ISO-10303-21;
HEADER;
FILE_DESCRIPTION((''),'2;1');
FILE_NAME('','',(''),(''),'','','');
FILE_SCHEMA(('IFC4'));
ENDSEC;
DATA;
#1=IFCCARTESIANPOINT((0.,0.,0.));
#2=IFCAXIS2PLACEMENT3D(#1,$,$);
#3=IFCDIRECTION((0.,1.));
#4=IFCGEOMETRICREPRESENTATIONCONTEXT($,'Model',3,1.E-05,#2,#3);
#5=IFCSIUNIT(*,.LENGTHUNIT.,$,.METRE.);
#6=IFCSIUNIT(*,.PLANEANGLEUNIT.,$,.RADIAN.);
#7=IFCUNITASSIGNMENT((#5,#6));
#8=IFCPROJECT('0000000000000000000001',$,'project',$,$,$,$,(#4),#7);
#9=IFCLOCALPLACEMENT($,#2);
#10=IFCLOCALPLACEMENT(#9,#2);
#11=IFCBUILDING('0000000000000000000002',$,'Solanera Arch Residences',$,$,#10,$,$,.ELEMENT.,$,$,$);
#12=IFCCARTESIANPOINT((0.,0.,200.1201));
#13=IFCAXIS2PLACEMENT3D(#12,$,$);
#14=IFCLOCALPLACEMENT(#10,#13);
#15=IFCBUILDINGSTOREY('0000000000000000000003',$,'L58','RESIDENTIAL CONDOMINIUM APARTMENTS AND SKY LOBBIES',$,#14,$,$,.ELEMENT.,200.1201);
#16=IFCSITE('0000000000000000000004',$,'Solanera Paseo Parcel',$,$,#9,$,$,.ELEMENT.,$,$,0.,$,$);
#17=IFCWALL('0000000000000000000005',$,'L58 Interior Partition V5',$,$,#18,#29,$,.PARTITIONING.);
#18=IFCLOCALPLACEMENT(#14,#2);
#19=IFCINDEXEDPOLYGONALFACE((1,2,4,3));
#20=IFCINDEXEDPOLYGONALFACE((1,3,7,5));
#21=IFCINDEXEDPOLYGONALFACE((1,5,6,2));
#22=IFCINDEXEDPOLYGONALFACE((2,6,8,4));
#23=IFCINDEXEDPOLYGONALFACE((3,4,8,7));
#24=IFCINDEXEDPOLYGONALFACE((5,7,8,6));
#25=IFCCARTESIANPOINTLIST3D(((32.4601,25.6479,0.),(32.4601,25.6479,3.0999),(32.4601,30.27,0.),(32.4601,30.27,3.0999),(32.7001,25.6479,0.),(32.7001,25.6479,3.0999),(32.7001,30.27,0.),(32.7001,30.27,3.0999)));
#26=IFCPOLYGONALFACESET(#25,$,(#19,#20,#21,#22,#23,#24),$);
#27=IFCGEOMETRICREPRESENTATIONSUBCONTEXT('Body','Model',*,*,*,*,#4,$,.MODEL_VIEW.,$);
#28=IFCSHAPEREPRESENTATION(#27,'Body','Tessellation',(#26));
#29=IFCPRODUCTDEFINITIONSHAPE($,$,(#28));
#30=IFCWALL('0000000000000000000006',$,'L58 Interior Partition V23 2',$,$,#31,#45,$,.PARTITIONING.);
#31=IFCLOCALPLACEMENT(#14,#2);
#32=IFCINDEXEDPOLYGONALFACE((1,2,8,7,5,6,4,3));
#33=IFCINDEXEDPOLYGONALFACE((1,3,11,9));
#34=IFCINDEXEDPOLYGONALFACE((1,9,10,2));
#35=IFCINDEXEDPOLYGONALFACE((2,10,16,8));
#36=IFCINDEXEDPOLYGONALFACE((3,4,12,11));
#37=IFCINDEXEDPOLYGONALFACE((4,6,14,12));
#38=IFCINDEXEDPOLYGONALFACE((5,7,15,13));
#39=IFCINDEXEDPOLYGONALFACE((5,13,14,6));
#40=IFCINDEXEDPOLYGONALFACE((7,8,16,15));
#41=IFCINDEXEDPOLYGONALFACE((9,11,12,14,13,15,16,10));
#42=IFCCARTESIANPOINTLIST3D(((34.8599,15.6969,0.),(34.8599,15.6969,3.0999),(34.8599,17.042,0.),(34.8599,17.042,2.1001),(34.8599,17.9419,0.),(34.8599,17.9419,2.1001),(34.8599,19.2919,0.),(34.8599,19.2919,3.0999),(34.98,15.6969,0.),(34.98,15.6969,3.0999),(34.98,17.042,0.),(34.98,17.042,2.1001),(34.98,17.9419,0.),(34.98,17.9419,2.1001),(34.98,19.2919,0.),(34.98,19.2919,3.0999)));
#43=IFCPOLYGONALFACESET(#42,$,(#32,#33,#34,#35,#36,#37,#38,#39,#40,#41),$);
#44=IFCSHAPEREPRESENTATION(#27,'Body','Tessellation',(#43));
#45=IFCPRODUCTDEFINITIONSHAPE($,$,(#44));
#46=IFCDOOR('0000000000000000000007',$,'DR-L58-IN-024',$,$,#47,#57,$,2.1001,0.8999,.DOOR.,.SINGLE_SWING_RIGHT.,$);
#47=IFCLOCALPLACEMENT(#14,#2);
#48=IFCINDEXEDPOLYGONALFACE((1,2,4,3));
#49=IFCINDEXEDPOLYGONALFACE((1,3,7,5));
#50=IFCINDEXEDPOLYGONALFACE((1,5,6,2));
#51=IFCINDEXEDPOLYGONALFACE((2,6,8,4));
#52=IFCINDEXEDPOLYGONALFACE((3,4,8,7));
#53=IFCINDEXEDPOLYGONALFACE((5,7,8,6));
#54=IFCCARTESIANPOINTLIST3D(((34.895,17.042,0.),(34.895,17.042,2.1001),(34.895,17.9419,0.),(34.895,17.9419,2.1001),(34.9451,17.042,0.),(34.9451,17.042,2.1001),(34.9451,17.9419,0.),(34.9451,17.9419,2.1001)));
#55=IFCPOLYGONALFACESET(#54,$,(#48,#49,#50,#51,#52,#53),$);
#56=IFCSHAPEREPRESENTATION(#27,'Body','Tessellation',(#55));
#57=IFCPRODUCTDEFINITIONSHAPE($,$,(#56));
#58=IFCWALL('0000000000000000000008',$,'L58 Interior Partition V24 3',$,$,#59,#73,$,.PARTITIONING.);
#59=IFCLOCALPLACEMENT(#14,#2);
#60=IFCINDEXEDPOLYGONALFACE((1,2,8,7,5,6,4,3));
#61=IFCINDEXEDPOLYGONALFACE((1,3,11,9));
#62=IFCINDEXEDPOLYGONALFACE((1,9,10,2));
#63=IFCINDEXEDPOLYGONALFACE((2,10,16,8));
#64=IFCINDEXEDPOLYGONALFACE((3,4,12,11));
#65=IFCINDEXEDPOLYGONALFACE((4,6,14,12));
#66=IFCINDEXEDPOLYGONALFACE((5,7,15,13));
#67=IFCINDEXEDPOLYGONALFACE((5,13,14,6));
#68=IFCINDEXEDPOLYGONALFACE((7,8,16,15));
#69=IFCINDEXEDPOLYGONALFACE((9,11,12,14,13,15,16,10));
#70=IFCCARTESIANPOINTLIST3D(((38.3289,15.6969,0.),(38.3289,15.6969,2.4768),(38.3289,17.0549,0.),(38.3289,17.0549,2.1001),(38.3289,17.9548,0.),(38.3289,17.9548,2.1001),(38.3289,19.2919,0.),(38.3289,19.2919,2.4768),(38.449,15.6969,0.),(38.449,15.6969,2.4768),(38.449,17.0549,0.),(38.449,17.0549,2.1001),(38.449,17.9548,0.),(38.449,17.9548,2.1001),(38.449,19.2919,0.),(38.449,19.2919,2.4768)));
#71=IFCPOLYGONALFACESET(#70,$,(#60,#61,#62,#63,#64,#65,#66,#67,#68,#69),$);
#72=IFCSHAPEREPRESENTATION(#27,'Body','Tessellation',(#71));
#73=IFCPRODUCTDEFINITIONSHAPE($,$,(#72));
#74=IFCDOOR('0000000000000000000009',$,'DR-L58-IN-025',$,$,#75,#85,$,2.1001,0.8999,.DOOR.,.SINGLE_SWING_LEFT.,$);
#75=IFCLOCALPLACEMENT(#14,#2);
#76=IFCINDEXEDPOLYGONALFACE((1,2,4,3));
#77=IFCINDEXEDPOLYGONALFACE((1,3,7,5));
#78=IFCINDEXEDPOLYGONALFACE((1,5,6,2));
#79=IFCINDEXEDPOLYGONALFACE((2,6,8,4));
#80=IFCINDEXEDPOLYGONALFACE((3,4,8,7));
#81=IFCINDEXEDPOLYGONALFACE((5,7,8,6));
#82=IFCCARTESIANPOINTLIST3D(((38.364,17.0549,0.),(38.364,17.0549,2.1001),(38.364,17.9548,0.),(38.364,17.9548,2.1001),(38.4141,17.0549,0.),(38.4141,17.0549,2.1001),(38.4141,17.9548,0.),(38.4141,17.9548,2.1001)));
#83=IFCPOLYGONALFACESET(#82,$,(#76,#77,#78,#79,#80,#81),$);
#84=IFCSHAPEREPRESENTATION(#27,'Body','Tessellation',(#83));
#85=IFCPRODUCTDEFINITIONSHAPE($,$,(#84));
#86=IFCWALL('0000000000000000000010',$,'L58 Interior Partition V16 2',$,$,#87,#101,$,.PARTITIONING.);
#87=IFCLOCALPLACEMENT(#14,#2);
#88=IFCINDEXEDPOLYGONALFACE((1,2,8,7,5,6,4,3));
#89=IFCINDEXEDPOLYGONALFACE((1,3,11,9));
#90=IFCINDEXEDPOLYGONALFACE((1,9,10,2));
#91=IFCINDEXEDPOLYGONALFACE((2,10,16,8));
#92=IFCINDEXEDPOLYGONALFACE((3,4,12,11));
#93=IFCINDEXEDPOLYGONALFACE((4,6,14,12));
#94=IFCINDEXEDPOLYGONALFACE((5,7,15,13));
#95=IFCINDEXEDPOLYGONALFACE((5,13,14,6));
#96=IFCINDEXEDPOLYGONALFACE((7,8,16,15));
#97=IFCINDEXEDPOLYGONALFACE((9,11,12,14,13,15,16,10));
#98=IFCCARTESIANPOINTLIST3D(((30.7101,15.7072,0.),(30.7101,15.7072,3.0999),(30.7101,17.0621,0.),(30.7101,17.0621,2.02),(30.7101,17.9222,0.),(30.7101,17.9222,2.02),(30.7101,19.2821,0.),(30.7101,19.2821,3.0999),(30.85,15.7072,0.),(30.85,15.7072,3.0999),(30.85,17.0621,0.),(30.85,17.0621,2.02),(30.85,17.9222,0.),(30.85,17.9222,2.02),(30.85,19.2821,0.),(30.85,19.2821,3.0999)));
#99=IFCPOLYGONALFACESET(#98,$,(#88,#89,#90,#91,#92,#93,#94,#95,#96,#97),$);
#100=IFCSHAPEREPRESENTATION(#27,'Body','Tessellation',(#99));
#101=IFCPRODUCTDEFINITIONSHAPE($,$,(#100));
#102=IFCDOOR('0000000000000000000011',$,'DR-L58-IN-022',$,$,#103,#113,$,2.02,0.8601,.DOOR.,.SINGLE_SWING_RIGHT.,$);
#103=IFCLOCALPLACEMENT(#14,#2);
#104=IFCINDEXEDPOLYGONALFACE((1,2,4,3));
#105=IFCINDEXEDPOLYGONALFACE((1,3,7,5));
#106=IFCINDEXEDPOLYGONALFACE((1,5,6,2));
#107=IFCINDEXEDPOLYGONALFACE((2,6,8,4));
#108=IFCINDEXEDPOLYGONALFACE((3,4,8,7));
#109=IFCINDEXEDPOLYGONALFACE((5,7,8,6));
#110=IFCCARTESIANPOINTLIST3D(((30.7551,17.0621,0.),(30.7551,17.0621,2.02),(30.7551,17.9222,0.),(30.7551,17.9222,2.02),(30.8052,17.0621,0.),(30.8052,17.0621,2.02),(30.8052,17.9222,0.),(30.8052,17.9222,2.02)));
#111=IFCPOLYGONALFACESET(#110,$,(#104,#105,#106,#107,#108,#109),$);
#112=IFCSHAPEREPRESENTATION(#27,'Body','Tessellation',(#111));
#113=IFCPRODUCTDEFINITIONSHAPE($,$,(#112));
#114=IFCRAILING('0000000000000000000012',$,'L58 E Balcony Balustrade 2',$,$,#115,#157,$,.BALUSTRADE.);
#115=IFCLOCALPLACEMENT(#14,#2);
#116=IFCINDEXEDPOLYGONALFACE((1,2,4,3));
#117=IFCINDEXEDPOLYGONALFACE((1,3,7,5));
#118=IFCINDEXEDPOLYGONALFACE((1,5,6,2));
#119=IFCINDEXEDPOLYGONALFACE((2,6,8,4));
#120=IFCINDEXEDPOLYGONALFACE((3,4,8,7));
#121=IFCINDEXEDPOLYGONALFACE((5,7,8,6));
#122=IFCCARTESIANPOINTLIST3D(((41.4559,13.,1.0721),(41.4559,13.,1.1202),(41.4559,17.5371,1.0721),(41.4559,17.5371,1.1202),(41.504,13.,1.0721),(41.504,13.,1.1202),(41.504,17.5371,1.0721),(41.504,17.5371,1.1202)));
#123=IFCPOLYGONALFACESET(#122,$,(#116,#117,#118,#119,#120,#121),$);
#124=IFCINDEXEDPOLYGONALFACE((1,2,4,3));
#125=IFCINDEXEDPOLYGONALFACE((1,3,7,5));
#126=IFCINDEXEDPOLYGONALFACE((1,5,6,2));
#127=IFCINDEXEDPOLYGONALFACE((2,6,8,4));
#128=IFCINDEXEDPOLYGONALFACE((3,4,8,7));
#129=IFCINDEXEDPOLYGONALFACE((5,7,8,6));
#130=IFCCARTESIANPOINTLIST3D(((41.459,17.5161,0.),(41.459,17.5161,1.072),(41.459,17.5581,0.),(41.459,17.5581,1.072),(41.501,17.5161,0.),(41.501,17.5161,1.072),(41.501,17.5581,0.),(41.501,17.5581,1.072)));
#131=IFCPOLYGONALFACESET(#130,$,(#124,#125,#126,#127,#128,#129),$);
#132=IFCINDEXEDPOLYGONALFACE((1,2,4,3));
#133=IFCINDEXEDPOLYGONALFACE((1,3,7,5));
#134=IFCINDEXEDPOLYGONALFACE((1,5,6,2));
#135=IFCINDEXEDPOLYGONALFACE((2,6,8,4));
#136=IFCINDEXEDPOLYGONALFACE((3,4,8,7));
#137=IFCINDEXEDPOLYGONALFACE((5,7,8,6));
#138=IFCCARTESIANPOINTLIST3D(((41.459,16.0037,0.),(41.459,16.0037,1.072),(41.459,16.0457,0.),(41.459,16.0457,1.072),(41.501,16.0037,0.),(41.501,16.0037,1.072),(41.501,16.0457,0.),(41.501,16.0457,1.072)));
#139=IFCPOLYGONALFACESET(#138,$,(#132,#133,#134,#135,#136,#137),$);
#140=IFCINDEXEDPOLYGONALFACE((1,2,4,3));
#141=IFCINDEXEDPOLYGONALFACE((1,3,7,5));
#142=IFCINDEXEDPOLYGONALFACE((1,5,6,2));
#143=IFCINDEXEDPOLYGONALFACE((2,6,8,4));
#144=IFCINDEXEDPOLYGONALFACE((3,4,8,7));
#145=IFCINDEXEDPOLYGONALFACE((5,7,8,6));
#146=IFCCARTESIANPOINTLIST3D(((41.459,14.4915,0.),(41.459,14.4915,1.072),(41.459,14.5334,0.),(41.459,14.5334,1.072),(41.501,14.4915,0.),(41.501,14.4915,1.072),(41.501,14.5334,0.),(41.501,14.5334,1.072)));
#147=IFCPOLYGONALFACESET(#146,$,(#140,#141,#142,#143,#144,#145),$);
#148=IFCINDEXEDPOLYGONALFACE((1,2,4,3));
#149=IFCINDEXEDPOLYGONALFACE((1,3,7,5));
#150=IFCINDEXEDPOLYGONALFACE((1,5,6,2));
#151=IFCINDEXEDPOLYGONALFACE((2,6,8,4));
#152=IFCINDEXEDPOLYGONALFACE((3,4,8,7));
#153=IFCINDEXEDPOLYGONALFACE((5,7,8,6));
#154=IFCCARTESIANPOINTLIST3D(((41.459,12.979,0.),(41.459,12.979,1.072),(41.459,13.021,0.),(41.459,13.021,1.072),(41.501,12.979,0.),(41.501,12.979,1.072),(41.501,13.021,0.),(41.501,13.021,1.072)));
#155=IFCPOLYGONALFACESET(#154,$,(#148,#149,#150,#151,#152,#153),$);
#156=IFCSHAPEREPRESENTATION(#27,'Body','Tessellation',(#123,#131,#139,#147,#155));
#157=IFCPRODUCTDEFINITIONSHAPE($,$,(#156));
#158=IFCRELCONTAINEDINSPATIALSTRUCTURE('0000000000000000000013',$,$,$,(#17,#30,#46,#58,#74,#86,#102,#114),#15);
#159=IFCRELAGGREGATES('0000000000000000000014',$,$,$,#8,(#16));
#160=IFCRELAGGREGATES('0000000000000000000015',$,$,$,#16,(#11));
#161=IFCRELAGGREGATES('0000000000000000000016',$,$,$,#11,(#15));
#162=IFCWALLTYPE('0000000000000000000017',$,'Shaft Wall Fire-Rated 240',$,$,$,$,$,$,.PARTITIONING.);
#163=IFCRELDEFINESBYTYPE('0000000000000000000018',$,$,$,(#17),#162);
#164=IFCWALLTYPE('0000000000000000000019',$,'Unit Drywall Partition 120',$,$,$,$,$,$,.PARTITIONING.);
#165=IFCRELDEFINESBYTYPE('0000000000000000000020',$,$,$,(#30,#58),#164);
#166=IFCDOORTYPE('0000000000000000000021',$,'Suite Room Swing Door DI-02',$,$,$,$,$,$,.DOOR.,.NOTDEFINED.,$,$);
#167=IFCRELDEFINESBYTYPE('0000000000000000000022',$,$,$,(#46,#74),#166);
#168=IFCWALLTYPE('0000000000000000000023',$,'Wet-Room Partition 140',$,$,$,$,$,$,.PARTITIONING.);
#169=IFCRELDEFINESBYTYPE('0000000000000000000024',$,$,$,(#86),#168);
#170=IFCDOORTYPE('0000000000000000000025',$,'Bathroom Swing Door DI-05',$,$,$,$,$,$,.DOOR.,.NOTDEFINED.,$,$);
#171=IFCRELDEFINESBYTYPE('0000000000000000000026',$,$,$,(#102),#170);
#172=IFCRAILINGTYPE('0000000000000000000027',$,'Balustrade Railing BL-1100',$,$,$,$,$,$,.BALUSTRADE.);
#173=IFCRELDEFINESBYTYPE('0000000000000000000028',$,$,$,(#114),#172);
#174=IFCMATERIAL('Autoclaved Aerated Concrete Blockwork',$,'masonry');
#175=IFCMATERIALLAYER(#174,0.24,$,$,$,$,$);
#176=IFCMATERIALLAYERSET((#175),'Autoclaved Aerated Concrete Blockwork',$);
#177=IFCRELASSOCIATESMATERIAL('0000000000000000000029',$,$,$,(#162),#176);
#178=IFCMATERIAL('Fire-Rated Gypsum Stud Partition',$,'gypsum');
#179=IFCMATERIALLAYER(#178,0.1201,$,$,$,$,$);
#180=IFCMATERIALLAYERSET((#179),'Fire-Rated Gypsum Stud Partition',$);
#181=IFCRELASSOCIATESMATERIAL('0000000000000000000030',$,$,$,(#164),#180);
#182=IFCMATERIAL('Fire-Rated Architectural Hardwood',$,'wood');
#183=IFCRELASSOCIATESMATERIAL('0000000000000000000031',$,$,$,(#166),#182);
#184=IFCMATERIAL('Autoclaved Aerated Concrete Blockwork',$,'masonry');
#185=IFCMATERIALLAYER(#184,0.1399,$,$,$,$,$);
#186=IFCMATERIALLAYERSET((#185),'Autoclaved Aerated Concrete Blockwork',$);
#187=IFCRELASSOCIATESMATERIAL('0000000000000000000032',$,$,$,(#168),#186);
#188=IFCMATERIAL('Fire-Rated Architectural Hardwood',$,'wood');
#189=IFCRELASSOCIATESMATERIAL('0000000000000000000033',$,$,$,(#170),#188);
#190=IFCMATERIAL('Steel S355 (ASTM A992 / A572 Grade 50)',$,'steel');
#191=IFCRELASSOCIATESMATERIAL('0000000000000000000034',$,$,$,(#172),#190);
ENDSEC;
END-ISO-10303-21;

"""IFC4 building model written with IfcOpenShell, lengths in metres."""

from ifc_helpers import new_model, si_unit, direction, frame, frame_2d, origin, origin_2d, place, context, subcontext, project, spatial, rectangle, extrude, material, layer, layer_set, type_object, element, fill, save


model = new_model("IFC4")

# Units and contexts
model_context = context("Model", 3, precision=1e-05, world=origin(), true_north=direction((0.0, 1.0)))
body_context = subcontext(model_context, "Body", "Model", "MODEL_VIEW")
ifc_project = project(units=[si_unit("LENGTHUNIT", "METRE"), si_unit("PLANEANGLEUNIT", "RADIAN")], contexts=[model_context])

# Site, building, storey
site_placement = place(None, origin())
site = spatial("IfcSite", under=ifc_project, at=site_placement, Name="Solanera Paseo Parcel", CompositionType="ELEMENT", RefElevation=0.0)
building_placement = place(site_placement, origin())
building = spatial("IfcBuilding", under=site, at=building_placement, Name="Solanera Arch Residences", CompositionType="ELEMENT")
storey_placement = place(building_placement, frame((0.0, 0.0, 200.1201)))
storey = spatial("IfcBuildingStorey", under=building, at=storey_placement, Name="L58", Description="RESIDENTIAL CONDOMINIUM APARTMENTS AND SKY LOBBIES", CompositionType="ELEMENT", Elevation=200.1201)

# Wall
ifc_material_1 = material(Name="Autoclaved Aerated Concrete Blockwork", Category="masonry")
ifc_layer_1 = layer(ifc_material_1, 0.24)
ifc_layer_set_1 = layer_set([ifc_layer_1], Name="Autoclaved Aerated Concrete Blockwork")
wall_type_1 = type_object("IfcWallType", Name="Shaft Wall Fire-Rated 240", PredefinedType="PARTITIONING", material=ifc_layer_set_1)
wall_1_placement = place(storey_placement, frame((32.5801, 25.6479, 0.0), z_axis=(0.0, 0.0, 1.0), x_axis=(0.0, 1.0, 0.0)))
element("IfcWall", 1, at=wall_1_placement, inside=storey, type_object=wall_type_1, Name="L58 Interior Partition V5", PredefinedType="PARTITIONING", context=body_context, shape_type="SweptSolid", body=[
    extrude(rectangle(XDim=4.6221, YDim=0.24, at=frame_2d((2.311, 0.0))), origin(), (0.0, 0.0, 1.0), 3.0999),
])

# Walls, openings, doors
ifc_material_2 = material(Name="Fire-Rated Gypsum Stud Partition", Category="gypsum")
ifc_layer_2 = layer(ifc_material_2, 0.1201)
ifc_layer_set_2 = layer_set([ifc_layer_2], Name="Fire-Rated Gypsum Stud Partition")
wall_type_2 = type_object("IfcWallType", Name="Unit Drywall Partition 120", PredefinedType="PARTITIONING", material=ifc_layer_set_2)
wall_2_placement = place(storey_placement, frame((34.9199, 15.697, 0.0), z_axis=(0.0, 0.0, 1.0), x_axis=(0.0, 1.0, 0.0)))
wall_2 = element("IfcWall", 2, at=wall_2_placement, inside=storey, type_object=wall_type_2, Name="L58 Interior Partition V23 2", PredefinedType="PARTITIONING", context=body_context, shape_type="SweptSolid", body=[
    extrude(rectangle(XDim=3.595, YDim=0.1201, at=frame_2d((1.7974, 0.0))), origin(), (0.0, 0.0, 1.0), 3.0999),
])
opening_1_placement = place(wall_2_placement, frame((1.345, 0.0, 0.0)))
opening_1 = element("IfcOpeningElement", 3, at=opening_1_placement, cuts=wall_2, PredefinedType="OPENING", context=body_context, shape_type="SweptSolid", body=[
    extrude(rectangle(XDim=0.8999, YDim=2.1001, at=frame_2d((0.45, 1.05))), frame((0.0, 0.0701, 0.0), z_axis=(0.0, -1.0, 0.0), x_axis=(1.0, 0.0, 0.0)), (0.0, 0.0, 1.0), 0.1401),
])
ifc_material_3 = material(Name="Fire-Rated Architectural Hardwood", Category="wood")
door_type_1 = type_object("IfcDoorType", Name="Suite Room Swing Door DI-02", OperationType="NOTDEFINED", PredefinedType="DOOR", material=ifc_material_3)
door_1_placement = place(opening_1_placement, origin())
door_1 = element("IfcDoor", 4, at=door_1_placement, inside=storey, type_object=door_type_1, Name="DR-L58-IN-024", OperationType="SINGLE_SWING_RIGHT", OverallHeight=2.1001, OverallWidth=0.8999, PredefinedType="DOOR", context=body_context, shape_type="SweptSolid", body=[
    extrude(rectangle(XDim=0.8999, YDim=2.1001, at=frame_2d((0.45, 1.05))), frame((0.0, 0.0249, 0.0), z_axis=(0.0, -1.0, 0.0), x_axis=(1.0, 0.0, 0.0)), (0.0, 0.0, 1.0), 0.05),
])
fill(opening_1, door_1)
wall_3_placement = place(storey_placement, frame((38.3889, 15.697, 0.0), z_axis=(0.0, 0.0, 1.0), x_axis=(0.0, 1.0, 0.0)))
wall_3 = element("IfcWall", 5, at=wall_3_placement, inside=storey, type_object=wall_type_2, Name="L58 Interior Partition V24 3", PredefinedType="PARTITIONING", context=body_context, shape_type="SweptSolid", body=[
    extrude(rectangle(XDim=3.595, YDim=0.1201, at=frame_2d((1.7974, 0.0))), origin(), (0.0, 0.0, 1.0), 2.4768),
])
opening_2_placement = place(wall_3_placement, frame((1.3579, 0.0, 0.0)))
opening_2 = element("IfcOpeningElement", 6, at=opening_2_placement, cuts=wall_3, PredefinedType="OPENING", context=body_context, shape_type="SweptSolid", body=[
    extrude(rectangle(XDim=0.8999, YDim=2.1001, at=frame_2d((0.45, 1.05))), frame((0.0, 0.0701, 0.0), z_axis=(0.0, -1.0, 0.0), x_axis=(1.0, 0.0, 0.0)), (0.0, 0.0, 1.0), 0.1401),
])
door_2_placement = place(opening_2_placement, origin())
door_2 = element("IfcDoor", 7, at=door_2_placement, inside=storey, type_object=door_type_1, Name="DR-L58-IN-025", OperationType="SINGLE_SWING_LEFT", OverallHeight=2.1001, OverallWidth=0.8999, PredefinedType="DOOR", context=body_context, shape_type="SweptSolid", body=[
    extrude(rectangle(XDim=0.8999, YDim=2.1001, at=frame_2d((0.45, 1.05))), frame((0.0, 0.0249, 0.0), z_axis=(0.0, -1.0, 0.0), x_axis=(1.0, 0.0, 0.0)), (0.0, 0.0, 1.0), 0.05),
])
fill(opening_2, door_2)
ifc_material_4 = material(Name="Autoclaved Aerated Concrete Blockwork", Category="masonry")
ifc_layer_3 = layer(ifc_material_4, 0.1399)
ifc_layer_set_3 = layer_set([ifc_layer_3], Name="Autoclaved Aerated Concrete Blockwork")
wall_type_3 = type_object("IfcWallType", Name="Wet-Room Partition 140", PredefinedType="PARTITIONING", material=ifc_layer_set_3)
wall_4_placement = place(storey_placement, frame((30.78, 15.707, 0.0), z_axis=(0.0, 0.0, 1.0), x_axis=(0.0, 1.0, 0.0)))
wall_4 = element("IfcWall", 8, at=wall_4_placement, inside=storey, type_object=wall_type_3, Name="L58 Interior Partition V16 2", PredefinedType="PARTITIONING", context=body_context, shape_type="SweptSolid", body=[
    extrude(rectangle(XDim=3.575, YDim=0.1399, at=frame_2d((1.7876, 0.0))), origin(), (0.0, 0.0, 1.0), 3.0999),
])
opening_3_placement = place(wall_4_placement, frame((1.355, 0.0, 0.0)))
opening_3 = element("IfcOpeningElement", 9, at=opening_3_placement, cuts=wall_4, PredefinedType="OPENING", context=body_context, shape_type="SweptSolid", body=[
    extrude(rectangle(XDim=0.8601, YDim=2.02, at=frame_2d((0.4302, 1.01))), frame((0.0, 0.0798, 0.0), z_axis=(0.0, -1.0, 0.0), x_axis=(1.0, 0.0, 0.0)), (0.0, 0.0, 1.0), 0.1599),
])
ifc_material_5 = material(Name="Fire-Rated Architectural Hardwood", Category="wood")
door_type_2 = type_object("IfcDoorType", Name="Bathroom Swing Door DI-05", OperationType="NOTDEFINED", PredefinedType="DOOR", material=ifc_material_5)
door_3_placement = place(opening_3_placement, origin())
door_3 = element("IfcDoor", 10, at=door_3_placement, inside=storey, type_object=door_type_2, Name="DR-L58-IN-022", OperationType="SINGLE_SWING_RIGHT", OverallHeight=2.02, OverallWidth=0.8601, PredefinedType="DOOR", context=body_context, shape_type="SweptSolid", body=[
    extrude(rectangle(XDim=0.8601, YDim=2.02, at=frame_2d((0.4302, 1.01))), frame((0.0, 0.0249, 0.0), z_axis=(0.0, -1.0, 0.0), x_axis=(1.0, 0.0, 0.0)), (0.0, 0.0, 1.0), 0.05),
])
fill(opening_3, door_3)

# Railing
ifc_material_6 = material(Name="Steel S355 (ASTM A992 / A572 Grade 50)", Category="steel")
railing_type = type_object("IfcRailingType", Name="Balustrade Railing BL-1100", PredefinedType="BALUSTRADE", material=ifc_material_6)
railing_1_placement = place(storey_placement, frame((41.48, 17.5371, 0.0)))
element("IfcRailing", 11, at=railing_1_placement, inside=storey, type_object=railing_type, Name="L58 E Balcony Balustrade 2", PredefinedType="BALUSTRADE", context=body_context, shape_type="SweptSolid", body=[
    extrude(rectangle(XDim=0.0481, YDim=0.0481, at=origin_2d()), frame((0.0, 0.0, 1.0962), z_axis=(0.0, -1.0, 0.0), x_axis=(1.0, 0.0, 0.0)), (0.0, 0.0, 1.0), 4.5371),
    extrude(rectangle(XDim=0.042, YDim=0.042, at=origin_2d()), origin(), (0.0, 0.0, 1.0), 1.072),
    extrude(rectangle(XDim=0.042, YDim=0.042, at=origin_2d()), frame((0.0, -1.5125, 0.0)), (0.0, 0.0, 1.0), 1.072),
    extrude(rectangle(XDim=0.042, YDim=0.042, at=origin_2d()), frame((0.0, -3.0247, 0.0)), (0.0, 0.0, 1.0), 1.072),
    extrude(rectangle(XDim=0.042, YDim=0.042, at=origin_2d()), frame((0.0, -4.5371, 0.0)), (0.0, 0.0, 1.0), 1.072),
])

save(model, "model.ifc")
